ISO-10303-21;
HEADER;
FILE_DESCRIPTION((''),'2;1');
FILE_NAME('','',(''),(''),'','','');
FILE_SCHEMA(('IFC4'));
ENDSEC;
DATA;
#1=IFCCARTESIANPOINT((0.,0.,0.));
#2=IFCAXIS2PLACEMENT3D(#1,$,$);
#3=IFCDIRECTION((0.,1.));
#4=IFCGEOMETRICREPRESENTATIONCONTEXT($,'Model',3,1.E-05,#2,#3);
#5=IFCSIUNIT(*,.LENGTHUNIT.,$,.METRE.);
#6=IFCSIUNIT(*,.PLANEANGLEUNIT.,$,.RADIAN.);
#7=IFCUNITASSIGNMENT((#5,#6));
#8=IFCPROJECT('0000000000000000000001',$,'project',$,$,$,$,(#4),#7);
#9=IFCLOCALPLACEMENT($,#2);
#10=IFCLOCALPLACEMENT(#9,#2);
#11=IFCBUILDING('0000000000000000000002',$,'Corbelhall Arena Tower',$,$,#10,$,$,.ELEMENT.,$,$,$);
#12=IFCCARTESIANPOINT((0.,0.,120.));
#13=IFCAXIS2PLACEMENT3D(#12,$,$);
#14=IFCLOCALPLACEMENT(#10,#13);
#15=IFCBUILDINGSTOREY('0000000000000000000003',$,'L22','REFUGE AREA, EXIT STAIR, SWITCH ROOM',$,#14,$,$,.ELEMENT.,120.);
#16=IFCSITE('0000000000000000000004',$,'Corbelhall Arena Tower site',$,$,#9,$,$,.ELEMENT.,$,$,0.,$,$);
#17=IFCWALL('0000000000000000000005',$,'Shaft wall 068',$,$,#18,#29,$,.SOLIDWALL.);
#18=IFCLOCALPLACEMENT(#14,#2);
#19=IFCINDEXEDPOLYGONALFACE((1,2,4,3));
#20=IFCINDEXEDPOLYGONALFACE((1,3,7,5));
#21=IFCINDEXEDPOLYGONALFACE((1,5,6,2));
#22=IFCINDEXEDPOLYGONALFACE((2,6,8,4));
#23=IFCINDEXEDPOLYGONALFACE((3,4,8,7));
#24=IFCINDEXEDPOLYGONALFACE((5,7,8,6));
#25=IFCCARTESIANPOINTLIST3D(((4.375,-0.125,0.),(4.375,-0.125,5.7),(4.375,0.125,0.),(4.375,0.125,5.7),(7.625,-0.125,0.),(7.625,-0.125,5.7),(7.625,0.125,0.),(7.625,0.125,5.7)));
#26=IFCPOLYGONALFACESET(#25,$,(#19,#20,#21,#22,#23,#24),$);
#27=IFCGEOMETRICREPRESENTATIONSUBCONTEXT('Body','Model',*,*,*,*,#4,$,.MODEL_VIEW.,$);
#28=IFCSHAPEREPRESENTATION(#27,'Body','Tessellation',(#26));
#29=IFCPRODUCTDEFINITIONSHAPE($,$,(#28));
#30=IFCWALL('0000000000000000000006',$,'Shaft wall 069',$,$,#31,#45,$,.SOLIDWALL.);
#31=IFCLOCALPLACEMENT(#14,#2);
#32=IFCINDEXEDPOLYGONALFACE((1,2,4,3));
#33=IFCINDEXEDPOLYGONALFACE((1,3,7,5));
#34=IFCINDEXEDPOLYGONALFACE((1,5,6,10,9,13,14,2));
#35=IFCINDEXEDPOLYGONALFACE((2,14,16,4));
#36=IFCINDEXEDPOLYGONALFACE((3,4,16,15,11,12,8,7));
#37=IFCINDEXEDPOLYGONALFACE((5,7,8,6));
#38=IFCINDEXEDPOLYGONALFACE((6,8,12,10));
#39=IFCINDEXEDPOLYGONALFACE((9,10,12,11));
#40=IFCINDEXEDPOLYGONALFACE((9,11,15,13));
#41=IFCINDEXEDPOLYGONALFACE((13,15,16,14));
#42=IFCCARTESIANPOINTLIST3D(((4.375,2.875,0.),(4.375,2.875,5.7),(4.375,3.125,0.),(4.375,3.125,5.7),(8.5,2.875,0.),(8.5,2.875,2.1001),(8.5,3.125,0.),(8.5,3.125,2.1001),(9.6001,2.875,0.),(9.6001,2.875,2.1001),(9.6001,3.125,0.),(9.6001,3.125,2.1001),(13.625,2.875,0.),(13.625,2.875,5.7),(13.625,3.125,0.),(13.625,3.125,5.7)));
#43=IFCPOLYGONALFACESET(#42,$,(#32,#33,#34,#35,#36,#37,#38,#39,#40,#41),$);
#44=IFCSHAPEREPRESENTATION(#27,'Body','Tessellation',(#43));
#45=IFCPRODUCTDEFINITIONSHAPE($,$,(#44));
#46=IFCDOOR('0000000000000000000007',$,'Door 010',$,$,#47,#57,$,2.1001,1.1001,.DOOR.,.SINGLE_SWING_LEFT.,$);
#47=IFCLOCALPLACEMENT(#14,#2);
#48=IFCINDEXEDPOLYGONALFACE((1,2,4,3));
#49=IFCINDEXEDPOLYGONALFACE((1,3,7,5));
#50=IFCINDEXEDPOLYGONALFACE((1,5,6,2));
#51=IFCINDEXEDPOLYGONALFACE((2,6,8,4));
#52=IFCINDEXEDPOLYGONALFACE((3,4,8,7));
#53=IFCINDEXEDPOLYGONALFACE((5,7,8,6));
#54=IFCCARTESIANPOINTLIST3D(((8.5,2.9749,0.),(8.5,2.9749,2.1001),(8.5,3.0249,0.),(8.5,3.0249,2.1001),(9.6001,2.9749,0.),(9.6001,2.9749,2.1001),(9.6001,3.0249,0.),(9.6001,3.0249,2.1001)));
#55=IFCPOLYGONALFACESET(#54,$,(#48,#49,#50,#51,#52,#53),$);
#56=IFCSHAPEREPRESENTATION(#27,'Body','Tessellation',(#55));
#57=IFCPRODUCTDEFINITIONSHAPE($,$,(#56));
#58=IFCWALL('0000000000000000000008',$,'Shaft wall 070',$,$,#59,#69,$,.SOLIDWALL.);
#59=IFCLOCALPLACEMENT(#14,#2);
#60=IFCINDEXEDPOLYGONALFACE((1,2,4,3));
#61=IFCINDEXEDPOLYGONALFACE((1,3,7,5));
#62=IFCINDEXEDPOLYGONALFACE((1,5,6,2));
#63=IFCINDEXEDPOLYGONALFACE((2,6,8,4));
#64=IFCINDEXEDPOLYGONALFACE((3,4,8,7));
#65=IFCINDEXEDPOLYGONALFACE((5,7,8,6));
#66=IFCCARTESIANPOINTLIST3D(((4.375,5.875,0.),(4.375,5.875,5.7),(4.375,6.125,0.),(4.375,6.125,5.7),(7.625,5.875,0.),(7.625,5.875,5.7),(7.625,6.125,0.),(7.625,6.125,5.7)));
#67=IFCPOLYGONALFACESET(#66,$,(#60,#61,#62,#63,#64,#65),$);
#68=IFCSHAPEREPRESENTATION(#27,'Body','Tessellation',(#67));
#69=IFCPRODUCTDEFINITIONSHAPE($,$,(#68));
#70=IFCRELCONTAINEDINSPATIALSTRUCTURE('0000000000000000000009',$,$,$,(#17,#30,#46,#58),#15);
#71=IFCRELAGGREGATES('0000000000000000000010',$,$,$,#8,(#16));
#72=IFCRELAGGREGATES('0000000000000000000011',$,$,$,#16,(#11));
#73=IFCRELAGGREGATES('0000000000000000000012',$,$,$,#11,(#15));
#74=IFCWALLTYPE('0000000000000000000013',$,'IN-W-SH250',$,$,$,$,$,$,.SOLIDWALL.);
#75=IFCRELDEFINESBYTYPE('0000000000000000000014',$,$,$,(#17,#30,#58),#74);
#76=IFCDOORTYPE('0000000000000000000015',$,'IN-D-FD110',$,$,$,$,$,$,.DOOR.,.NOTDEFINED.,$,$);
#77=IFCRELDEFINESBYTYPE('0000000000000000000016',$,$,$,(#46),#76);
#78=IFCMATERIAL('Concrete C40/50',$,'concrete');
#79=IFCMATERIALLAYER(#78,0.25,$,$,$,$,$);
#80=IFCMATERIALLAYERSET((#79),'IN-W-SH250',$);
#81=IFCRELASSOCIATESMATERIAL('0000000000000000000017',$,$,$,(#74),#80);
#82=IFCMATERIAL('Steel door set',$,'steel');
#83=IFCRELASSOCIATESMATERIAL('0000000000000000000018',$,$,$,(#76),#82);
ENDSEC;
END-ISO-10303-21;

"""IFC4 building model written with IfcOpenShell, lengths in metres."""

from ifc_helpers import new_model, si_unit, direction, frame, frame_2d, origin, place, context, subcontext, project, spatial, rectangle, extrude, material, layer, layer_set, type_object, element, fill, save


model = new_model("IFC4")

# Units and contexts
model_context = context("Model", 3, precision=1e-05, world=origin(), true_north=direction((0.0, 1.0)))
body_context = subcontext(model_context, "Body", "Model", "MODEL_VIEW")
ifc_project = project(units=[si_unit("LENGTHUNIT", "METRE"), si_unit("PLANEANGLEUNIT", "RADIAN")], contexts=[model_context])

# Site, building, storey
site_placement = place(None, origin())
site = spatial("IfcSite", under=ifc_project, at=site_placement, Name="Corbelhall Arena Tower site", CompositionType="ELEMENT", RefElevation=0.0)
building_placement = place(site_placement, origin())
building = spatial("IfcBuilding", under=site, at=building_placement, Name="Corbelhall Arena Tower", CompositionType="ELEMENT")
storey_placement = place(building_placement, frame((0.0, 0.0, 120.0)))
storey = spatial("IfcBuildingStorey", under=building, at=storey_placement, Name="L22", Description="REFUGE AREA, EXIT STAIR, SWITCH ROOM", CompositionType="ELEMENT", Elevation=120.0)

# Shared definitions
ifc_material_1 = material(Name="Concrete C40/50", Category="concrete")

# Wall
ifc_layer_1 = layer(ifc_material_1, 0.25)
ifc_layer_set_1 = layer_set([ifc_layer_1], Name="IN-W-SH250")
wall_type = type_object("IfcWallType", Name="IN-W-SH250", PredefinedType="SOLIDWALL", material=ifc_layer_set_1)
wall_1_placement = place(storey_placement, frame((4.375, 0.0, 0.0), z_axis=(0.0, 0.0, 1.0), x_axis=(1.0, 0.0, 0.0)))
element("IfcWall", 1, at=wall_1_placement, inside=storey, type_object=wall_type, Name="Shaft wall 068", PredefinedType="SOLIDWALL", context=body_context, shape_type="SweptSolid", body=[
    extrude(rectangle(XDim=3.25, YDim=0.25, at=frame_2d((1.625, 0.0))), origin(), (0.0, 0.0, 1.0), 5.7),
])

# Wall, opening, door
wall_2_placement = place(storey_placement, frame((4.375, 3.0, 0.0), z_axis=(0.0, 0.0, 1.0), x_axis=(1.0, 0.0, 0.0)))
wall_2 = element("IfcWall", 2, at=wall_2_placement, inside=storey, type_object=wall_type, Name="Shaft wall 069", PredefinedType="SOLIDWALL", context=body_context, shape_type="SweptSolid", body=[
    extrude(rectangle(XDim=9.25, YDim=0.25, at=frame_2d((4.625, 0.0))), origin(), (0.0, 0.0, 1.0), 5.7),
])
opening_placement = place(wall_2_placement, frame((4.125, 0.0, 0.0)))
opening = element("IfcOpeningElement", 3, at=opening_placement, cuts=wall_2, PredefinedType="OPENING", context=body_context, shape_type="SweptSolid", body=[
    extrude(rectangle(XDim=1.1001, YDim=2.1001, at=frame_2d((0.55, 1.05))), frame((0.0, 0.125, 0.0), z_axis=(0.0, -1.0, 0.0), x_axis=(1.0, 0.0, 0.0)), (0.0, 0.0, 1.0), 0.25),
])
ifc_material_2 = material(Name="Steel door set", Category="steel")
door_type = type_object("IfcDoorType", Name="IN-D-FD110", OperationType="NOTDEFINED", PredefinedType="DOOR", material=ifc_material_2)
door_placement = place(opening_placement, origin())
door = element("IfcDoor", 4, at=door_placement, inside=storey, type_object=door_type, Name="Door 010", OperationType="SINGLE_SWING_LEFT", OverallHeight=2.1001, OverallWidth=1.1001, PredefinedType="DOOR", context=body_context, shape_type="SweptSolid", body=[
    extrude(rectangle(XDim=1.1001, YDim=2.1001, at=frame_2d((0.55, 1.05))), frame((0.0, 0.0249, 0.0), z_axis=(0.0, -1.0, 0.0), x_axis=(1.0, 0.0, 0.0)), (0.0, 0.0, 1.0), 0.05),
])
fill(opening, door)

# Wall
wall_3_placement = place(storey_placement, frame((4.375, 6.0, 0.0), z_axis=(0.0, 0.0, 1.0), x_axis=(1.0, 0.0, 0.0)))
element("IfcWall", 5, at=wall_3_placement, inside=storey, type_object=wall_type, Name="Shaft wall 070", PredefinedType="SOLIDWALL", context=body_context, shape_type="SweptSolid", body=[
    extrude(rectangle(XDim=3.25, YDim=0.25, at=frame_2d((1.625, 0.0))), origin(), (0.0, 0.0, 1.0), 5.7),
])

save(model, "model.ifc")
